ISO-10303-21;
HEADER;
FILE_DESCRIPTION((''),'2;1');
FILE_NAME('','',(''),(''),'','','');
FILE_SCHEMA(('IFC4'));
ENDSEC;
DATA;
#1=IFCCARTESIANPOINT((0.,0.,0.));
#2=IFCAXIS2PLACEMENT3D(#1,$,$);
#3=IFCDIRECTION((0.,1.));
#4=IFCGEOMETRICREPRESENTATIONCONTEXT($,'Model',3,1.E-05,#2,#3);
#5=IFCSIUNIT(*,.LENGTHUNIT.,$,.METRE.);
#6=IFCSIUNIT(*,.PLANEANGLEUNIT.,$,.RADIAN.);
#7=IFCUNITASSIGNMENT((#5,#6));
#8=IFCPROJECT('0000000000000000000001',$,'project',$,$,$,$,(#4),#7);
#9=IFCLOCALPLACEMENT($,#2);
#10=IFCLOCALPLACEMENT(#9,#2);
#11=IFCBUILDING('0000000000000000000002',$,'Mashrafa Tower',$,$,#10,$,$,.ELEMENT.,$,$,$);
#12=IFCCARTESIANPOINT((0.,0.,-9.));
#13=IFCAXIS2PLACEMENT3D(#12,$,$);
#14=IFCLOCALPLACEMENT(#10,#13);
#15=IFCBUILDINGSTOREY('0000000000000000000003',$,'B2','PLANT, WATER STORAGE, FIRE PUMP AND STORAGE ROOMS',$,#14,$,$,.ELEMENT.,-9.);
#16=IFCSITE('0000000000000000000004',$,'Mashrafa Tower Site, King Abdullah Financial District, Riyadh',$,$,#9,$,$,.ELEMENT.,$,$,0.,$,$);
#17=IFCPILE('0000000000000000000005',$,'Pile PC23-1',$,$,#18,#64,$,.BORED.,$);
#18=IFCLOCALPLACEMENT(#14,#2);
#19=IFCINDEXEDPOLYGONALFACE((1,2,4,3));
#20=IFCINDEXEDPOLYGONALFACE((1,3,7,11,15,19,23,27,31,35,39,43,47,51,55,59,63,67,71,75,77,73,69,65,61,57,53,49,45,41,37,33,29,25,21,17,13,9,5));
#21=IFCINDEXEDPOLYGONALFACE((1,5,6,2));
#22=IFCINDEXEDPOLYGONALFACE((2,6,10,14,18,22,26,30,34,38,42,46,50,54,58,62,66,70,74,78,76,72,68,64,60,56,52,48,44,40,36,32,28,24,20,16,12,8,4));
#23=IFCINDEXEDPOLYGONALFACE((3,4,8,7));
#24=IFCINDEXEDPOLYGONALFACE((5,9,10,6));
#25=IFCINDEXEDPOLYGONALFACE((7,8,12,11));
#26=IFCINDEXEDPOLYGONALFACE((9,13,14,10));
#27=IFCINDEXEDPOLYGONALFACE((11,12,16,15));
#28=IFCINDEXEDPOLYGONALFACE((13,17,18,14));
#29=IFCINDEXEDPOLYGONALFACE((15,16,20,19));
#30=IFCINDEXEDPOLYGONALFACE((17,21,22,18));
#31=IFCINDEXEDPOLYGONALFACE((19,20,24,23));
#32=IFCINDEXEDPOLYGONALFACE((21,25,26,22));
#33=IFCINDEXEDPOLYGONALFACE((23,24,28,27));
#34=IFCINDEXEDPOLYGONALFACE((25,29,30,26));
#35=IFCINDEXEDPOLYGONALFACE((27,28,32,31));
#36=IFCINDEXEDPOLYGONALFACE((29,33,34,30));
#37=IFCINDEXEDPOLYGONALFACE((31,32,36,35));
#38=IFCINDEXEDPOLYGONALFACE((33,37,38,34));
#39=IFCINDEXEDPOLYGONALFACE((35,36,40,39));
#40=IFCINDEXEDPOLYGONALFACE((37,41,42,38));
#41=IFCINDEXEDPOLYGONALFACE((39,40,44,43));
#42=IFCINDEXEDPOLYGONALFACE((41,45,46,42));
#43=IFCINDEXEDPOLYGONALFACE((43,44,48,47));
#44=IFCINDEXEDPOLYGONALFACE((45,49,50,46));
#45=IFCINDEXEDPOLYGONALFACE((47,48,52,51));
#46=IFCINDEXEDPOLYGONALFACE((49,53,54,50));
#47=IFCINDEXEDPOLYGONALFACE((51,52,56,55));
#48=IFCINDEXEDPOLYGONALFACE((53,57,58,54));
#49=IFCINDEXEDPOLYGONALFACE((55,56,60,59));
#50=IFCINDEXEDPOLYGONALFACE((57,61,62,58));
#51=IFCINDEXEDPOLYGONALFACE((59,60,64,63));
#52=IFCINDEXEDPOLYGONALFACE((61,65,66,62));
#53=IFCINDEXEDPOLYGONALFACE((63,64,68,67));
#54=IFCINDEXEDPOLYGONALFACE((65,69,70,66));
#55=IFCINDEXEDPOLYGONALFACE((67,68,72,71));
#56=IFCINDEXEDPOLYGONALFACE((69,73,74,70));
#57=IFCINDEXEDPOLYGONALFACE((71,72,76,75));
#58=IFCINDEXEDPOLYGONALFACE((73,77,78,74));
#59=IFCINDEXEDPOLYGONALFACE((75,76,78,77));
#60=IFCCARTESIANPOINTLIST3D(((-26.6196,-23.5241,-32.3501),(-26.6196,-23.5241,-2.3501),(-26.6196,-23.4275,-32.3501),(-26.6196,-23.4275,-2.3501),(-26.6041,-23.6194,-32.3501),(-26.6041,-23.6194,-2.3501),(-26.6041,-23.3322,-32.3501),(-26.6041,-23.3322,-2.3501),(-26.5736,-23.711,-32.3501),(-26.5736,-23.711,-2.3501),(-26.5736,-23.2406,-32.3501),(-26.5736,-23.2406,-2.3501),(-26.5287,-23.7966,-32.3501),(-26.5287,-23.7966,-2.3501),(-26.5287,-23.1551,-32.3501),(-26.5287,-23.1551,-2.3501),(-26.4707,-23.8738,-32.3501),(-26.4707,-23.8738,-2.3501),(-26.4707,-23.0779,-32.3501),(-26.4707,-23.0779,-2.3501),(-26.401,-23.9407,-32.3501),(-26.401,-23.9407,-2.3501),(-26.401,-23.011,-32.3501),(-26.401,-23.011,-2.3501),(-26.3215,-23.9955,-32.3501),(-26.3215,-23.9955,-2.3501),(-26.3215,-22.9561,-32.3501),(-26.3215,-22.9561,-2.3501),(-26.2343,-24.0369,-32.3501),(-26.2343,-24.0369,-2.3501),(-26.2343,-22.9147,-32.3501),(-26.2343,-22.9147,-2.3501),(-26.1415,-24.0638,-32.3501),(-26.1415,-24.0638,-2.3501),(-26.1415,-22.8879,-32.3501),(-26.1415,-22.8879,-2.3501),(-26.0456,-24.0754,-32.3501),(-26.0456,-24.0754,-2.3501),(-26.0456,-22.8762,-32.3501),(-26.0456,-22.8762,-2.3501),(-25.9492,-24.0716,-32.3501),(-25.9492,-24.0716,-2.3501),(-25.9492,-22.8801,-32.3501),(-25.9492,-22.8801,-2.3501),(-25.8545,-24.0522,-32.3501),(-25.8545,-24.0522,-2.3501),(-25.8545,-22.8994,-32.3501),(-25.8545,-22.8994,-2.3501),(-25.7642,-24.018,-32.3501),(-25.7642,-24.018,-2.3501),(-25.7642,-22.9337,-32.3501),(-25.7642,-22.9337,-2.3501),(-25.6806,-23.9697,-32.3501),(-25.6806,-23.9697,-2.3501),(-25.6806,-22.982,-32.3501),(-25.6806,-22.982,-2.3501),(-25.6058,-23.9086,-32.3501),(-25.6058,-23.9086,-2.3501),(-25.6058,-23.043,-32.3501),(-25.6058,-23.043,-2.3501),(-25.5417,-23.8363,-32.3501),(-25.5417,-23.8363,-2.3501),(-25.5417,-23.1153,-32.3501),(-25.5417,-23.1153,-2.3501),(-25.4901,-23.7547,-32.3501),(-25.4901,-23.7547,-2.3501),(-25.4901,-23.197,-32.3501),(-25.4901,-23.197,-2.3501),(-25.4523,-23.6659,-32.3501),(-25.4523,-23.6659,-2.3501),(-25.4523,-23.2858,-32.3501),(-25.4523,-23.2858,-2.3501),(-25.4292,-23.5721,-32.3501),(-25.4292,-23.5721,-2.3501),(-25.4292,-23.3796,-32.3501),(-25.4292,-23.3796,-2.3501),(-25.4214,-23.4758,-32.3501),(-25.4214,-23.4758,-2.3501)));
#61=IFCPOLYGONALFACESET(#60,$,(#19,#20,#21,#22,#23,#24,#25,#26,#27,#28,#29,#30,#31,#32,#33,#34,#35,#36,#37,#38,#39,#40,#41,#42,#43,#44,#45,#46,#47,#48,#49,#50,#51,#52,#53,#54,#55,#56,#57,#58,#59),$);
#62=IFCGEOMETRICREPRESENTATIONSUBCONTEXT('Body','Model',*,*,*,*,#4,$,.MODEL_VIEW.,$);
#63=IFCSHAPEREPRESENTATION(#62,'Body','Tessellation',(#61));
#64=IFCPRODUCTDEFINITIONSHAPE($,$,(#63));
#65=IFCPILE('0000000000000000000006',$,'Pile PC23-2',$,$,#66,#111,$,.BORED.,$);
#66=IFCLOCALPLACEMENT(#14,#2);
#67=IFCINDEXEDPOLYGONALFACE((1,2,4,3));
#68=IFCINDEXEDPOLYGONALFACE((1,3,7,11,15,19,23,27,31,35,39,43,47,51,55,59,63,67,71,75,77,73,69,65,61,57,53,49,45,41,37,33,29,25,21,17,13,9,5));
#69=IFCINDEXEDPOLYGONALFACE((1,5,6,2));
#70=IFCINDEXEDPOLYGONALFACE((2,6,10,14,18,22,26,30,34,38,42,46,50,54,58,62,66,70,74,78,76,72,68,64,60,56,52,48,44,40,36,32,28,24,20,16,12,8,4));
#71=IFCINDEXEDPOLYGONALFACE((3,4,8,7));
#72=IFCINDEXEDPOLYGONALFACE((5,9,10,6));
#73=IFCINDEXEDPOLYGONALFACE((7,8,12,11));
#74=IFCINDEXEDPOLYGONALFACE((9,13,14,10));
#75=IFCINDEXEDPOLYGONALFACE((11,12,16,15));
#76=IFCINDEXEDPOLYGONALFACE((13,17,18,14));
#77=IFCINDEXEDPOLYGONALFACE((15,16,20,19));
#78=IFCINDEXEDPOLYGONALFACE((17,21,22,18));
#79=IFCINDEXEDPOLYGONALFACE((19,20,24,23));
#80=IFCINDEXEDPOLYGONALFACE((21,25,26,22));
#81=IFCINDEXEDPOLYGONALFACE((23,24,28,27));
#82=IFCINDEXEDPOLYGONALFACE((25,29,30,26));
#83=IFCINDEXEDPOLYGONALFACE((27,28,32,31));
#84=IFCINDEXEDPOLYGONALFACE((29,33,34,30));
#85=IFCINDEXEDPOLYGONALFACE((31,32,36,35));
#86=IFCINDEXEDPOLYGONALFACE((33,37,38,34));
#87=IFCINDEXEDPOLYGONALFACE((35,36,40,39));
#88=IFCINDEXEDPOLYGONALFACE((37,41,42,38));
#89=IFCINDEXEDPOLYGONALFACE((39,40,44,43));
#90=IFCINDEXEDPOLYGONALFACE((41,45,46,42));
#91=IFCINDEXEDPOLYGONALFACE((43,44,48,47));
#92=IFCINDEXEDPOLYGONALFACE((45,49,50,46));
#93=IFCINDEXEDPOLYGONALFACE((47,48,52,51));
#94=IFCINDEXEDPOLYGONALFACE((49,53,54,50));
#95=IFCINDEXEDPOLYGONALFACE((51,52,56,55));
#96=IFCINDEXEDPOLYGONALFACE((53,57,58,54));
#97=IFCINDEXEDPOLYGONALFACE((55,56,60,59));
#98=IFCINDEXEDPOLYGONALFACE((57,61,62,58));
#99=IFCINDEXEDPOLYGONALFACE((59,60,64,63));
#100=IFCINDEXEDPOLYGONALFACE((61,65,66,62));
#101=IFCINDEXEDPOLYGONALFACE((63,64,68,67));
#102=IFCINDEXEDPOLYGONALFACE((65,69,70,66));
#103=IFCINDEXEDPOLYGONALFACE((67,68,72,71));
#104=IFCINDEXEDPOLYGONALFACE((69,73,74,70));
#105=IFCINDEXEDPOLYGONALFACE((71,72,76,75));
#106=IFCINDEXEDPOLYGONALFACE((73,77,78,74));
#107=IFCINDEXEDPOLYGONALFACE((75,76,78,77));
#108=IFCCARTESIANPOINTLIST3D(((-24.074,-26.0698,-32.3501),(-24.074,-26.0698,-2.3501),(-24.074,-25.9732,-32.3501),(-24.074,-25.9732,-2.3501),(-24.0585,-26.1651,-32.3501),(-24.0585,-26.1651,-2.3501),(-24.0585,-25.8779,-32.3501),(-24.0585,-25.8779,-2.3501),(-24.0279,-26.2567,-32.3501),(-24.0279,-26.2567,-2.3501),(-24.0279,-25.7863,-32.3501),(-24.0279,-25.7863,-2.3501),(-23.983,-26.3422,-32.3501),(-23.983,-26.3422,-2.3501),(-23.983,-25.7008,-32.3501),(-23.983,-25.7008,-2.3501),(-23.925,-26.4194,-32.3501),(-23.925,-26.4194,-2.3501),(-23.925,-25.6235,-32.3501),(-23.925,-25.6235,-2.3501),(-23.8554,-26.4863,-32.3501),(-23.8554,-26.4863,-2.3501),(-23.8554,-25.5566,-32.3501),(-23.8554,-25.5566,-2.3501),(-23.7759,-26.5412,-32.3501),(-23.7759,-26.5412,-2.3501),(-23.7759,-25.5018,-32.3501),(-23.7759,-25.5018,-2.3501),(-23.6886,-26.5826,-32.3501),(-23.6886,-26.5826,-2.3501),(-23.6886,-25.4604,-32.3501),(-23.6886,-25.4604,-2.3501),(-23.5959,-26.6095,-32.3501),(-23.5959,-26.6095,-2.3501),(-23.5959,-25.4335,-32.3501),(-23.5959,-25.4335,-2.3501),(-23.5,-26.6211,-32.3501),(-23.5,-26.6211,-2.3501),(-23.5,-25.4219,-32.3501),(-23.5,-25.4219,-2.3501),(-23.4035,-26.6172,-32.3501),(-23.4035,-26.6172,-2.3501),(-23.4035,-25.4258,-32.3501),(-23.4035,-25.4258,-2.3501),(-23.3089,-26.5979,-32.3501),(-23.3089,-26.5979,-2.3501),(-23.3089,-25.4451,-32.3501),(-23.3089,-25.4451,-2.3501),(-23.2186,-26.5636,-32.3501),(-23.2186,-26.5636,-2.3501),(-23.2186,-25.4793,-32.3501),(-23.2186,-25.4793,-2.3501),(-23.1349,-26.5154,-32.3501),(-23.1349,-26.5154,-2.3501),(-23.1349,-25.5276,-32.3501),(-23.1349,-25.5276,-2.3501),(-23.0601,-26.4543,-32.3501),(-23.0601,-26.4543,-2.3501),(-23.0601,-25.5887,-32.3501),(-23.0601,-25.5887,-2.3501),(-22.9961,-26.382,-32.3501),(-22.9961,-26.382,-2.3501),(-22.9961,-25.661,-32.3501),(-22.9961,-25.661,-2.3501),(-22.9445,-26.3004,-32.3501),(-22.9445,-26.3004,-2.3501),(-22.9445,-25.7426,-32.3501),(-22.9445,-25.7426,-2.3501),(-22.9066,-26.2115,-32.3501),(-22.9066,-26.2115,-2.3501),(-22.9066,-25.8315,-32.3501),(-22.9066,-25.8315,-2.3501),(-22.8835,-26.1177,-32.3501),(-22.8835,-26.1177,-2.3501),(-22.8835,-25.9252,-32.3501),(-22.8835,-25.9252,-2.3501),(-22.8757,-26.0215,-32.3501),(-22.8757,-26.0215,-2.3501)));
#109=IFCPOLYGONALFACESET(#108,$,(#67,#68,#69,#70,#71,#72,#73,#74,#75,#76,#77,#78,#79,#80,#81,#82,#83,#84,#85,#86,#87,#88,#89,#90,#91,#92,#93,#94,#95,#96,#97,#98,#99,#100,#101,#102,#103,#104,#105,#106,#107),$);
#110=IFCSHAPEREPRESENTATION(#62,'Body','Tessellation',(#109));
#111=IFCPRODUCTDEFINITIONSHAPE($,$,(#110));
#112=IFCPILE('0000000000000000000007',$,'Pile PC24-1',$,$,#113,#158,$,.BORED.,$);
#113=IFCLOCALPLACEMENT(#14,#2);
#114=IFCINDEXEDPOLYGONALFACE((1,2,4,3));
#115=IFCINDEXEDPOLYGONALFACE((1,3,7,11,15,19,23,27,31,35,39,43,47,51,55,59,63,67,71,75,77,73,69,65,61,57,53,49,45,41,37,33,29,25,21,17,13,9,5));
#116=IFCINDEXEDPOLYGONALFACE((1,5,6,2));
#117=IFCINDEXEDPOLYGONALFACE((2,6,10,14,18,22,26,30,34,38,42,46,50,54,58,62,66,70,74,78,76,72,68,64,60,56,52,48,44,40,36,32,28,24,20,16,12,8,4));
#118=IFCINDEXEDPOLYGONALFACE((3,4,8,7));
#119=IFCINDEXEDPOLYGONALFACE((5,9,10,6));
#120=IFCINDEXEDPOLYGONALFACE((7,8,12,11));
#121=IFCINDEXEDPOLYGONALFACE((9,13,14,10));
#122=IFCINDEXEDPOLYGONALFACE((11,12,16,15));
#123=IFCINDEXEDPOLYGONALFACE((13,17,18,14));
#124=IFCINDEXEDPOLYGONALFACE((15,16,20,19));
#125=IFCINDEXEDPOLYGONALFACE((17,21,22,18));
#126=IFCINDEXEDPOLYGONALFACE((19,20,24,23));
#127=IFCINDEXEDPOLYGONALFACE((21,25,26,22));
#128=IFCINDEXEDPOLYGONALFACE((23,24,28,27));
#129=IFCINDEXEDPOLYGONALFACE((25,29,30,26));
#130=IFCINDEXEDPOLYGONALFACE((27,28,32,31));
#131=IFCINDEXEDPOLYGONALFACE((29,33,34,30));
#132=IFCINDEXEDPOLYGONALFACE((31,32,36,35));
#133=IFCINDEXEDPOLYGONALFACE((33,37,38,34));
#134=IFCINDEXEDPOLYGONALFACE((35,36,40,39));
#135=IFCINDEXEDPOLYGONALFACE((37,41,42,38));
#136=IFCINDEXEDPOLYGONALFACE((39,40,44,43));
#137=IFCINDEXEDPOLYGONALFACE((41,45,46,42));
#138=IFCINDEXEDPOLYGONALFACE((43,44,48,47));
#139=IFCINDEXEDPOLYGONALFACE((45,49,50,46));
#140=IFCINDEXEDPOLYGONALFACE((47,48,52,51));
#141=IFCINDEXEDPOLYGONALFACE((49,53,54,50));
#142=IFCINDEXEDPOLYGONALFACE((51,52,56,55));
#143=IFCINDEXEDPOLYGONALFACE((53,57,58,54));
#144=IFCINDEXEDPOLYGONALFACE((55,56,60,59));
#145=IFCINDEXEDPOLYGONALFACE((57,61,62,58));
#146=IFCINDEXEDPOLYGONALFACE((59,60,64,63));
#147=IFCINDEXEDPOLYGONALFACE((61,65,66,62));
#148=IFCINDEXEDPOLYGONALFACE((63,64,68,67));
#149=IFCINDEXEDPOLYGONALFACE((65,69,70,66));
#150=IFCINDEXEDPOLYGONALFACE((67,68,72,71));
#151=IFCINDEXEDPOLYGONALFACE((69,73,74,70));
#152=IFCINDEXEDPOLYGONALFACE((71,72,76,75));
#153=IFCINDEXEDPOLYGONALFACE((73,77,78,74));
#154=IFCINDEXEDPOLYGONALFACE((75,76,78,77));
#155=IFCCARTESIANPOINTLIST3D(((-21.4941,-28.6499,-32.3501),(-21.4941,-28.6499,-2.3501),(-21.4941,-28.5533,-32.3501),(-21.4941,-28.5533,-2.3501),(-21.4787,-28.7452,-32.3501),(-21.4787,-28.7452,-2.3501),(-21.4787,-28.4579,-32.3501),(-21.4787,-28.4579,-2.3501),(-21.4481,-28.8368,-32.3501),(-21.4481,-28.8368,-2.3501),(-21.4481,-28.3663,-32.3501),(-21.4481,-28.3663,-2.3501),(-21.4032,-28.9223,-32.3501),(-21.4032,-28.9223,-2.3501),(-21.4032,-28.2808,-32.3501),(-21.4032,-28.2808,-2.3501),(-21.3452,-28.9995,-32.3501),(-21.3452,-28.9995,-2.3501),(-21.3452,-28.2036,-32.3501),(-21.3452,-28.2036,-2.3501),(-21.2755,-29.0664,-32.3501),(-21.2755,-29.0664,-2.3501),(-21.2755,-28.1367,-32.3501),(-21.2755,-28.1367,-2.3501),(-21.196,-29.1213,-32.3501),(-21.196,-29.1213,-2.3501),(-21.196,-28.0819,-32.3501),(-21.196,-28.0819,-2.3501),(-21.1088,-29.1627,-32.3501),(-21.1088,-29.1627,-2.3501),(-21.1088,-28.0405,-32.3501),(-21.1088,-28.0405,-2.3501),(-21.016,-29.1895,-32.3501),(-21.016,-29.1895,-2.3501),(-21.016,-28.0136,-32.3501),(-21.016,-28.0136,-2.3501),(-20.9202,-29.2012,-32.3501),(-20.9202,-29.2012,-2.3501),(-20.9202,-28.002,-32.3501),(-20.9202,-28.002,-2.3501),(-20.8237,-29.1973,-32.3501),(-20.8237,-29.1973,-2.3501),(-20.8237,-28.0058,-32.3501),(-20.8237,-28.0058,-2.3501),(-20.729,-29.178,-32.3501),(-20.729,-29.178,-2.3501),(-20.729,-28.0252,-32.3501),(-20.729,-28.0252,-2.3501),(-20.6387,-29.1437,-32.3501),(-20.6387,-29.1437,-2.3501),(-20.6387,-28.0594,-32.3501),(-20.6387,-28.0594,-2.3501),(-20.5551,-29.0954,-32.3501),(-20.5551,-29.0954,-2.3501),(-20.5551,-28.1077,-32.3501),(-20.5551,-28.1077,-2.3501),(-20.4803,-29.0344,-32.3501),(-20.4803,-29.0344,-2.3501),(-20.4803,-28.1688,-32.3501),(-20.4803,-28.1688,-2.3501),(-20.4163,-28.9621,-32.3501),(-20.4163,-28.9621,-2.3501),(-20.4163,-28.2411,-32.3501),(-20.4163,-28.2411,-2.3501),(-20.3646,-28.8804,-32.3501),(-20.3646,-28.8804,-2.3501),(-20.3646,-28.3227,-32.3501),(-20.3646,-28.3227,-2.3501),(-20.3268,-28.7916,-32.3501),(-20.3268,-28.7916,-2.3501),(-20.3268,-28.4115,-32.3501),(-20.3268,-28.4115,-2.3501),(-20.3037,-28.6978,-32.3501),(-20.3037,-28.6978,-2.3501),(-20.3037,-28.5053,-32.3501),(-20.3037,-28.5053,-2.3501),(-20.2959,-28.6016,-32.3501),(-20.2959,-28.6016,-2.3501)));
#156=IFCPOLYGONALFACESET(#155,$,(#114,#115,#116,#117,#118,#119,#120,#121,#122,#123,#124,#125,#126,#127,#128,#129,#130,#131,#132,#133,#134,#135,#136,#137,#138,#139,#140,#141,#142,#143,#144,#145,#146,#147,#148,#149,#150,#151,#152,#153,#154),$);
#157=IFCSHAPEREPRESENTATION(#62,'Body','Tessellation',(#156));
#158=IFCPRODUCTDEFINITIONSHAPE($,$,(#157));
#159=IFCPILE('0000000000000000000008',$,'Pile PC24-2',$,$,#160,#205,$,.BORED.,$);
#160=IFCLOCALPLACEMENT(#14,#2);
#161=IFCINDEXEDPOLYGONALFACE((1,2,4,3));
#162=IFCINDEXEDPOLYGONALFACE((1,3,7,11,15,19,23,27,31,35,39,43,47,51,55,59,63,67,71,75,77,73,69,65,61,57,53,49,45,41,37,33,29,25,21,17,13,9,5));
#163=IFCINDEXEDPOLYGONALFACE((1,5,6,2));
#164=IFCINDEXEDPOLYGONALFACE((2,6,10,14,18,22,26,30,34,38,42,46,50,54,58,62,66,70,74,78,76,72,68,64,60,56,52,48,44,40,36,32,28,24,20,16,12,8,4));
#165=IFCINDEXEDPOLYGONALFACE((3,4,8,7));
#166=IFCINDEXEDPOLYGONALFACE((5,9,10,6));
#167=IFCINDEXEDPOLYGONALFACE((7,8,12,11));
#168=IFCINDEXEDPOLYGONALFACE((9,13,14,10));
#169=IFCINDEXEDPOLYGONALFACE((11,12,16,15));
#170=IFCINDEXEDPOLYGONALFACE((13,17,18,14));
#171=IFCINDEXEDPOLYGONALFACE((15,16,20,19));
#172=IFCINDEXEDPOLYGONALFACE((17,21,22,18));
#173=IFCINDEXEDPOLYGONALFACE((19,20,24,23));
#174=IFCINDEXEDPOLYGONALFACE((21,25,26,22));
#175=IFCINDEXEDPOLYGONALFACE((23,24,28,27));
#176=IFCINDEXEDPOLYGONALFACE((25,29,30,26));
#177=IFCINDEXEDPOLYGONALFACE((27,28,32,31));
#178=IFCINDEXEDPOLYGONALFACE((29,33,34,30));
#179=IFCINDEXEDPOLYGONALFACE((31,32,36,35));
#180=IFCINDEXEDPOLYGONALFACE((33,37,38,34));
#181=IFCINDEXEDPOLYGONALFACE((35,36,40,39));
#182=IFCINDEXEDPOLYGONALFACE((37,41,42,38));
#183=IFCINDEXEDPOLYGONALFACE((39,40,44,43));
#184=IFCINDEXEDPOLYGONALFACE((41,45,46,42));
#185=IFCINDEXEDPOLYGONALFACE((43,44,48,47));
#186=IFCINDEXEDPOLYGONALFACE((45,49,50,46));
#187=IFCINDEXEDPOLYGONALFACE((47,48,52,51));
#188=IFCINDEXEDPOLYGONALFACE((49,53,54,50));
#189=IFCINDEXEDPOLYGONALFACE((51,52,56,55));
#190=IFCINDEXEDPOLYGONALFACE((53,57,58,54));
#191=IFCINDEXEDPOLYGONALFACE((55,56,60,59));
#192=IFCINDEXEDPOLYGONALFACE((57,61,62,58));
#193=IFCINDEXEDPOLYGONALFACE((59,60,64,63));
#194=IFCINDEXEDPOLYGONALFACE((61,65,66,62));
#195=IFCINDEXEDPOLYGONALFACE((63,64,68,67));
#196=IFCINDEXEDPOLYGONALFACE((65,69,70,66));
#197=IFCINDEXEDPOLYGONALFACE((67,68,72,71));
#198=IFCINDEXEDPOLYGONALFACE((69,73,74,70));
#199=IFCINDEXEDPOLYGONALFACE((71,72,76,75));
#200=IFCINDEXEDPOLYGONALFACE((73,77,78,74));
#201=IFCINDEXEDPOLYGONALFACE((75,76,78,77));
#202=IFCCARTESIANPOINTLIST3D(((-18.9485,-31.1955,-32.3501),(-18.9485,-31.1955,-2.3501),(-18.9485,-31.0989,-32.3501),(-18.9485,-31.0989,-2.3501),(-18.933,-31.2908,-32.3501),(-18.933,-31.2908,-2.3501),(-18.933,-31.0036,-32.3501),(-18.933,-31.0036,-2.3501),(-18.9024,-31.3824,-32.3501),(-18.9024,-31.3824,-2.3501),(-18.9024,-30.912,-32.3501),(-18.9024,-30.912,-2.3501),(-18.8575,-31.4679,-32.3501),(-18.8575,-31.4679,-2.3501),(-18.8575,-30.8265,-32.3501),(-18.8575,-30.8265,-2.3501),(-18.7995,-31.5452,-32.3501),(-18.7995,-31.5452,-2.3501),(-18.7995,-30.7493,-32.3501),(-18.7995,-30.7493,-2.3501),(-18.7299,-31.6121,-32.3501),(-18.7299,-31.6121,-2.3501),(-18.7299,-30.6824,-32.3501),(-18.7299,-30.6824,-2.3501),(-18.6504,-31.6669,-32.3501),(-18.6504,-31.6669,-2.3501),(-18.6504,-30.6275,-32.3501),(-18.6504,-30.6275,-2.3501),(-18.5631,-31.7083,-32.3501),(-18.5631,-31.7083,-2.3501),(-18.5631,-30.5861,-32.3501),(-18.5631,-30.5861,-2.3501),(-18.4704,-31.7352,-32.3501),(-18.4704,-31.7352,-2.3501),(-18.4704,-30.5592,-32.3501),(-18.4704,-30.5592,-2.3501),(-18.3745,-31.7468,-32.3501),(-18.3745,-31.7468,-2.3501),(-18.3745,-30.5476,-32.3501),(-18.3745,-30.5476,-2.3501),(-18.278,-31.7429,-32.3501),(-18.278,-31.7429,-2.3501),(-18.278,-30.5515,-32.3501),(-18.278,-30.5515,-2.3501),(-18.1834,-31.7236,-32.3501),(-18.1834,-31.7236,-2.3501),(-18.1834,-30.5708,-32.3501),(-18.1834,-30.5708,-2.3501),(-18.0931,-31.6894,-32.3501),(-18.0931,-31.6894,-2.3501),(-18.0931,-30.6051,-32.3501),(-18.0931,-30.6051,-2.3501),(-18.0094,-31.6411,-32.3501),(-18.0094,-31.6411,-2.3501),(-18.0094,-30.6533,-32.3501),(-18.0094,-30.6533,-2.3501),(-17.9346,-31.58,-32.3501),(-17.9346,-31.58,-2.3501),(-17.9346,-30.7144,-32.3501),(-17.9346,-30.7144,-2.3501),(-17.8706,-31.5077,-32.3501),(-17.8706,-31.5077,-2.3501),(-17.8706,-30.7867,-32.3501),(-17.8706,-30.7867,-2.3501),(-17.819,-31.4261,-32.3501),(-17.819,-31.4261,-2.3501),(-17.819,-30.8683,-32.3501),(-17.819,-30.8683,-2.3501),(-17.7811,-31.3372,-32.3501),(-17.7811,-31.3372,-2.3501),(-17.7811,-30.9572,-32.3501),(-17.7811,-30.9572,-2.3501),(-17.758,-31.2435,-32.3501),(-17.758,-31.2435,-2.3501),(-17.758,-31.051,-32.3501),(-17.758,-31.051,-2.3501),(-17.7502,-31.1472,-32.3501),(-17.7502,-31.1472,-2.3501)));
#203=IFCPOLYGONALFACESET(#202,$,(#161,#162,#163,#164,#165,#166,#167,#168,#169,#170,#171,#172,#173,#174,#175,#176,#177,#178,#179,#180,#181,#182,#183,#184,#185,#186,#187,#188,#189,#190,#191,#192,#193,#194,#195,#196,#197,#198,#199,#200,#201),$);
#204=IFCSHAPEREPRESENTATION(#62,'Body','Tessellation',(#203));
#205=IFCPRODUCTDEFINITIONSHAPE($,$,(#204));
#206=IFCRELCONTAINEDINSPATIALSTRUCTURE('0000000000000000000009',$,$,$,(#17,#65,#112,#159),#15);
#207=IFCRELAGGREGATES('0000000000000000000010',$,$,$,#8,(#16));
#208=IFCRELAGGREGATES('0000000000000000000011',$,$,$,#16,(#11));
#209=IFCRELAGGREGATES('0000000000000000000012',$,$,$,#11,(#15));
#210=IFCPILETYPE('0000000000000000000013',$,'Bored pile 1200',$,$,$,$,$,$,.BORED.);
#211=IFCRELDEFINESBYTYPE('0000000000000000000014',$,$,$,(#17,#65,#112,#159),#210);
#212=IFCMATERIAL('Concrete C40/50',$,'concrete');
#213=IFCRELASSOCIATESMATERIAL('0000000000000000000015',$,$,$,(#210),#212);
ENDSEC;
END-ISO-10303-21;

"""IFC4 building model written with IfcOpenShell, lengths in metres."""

from ifc_helpers import new_model, si_unit, direction, frame, origin, origin_2d, place, context, subcontext, project, spatial, circle, extrude, material, material_profile, profile_set, type_object, element, save


model = new_model("IFC4")

# Units and contexts
model_context = context("Model", 3, precision=1e-05, world=origin(), true_north=direction((0.0, 1.0)))
body_context = subcontext(model_context, "Body", "Model", "MODEL_VIEW")
ifc_project = project(units=[si_unit("LENGTHUNIT", "METRE"), si_unit("PLANEANGLEUNIT", "RADIAN")], contexts=[model_context])

# Site, building, storey
site_placement = place(None, origin())
site = spatial("IfcSite", under=ifc_project, at=site_placement, Name="Mashrafa Tower Site, King Abdullah Financial District, Riyadh", CompositionType="ELEMENT", RefElevation=0.0)
building_placement = place(site_placement, origin())
building = spatial("IfcBuilding", under=site, at=building_placement, Name="Mashrafa Tower", CompositionType="ELEMENT")
storey_placement = place(building_placement, frame((0.0, 0.0, -9.0)))
storey = spatial("IfcBuildingStorey", under=building, at=storey_placement, Name="B2", Description="PLANT, WATER STORAGE, FIRE PUMP AND STORAGE ROOMS", CompositionType="ELEMENT", Elevation=-9.0)

# Piles
ifc_material_1 = material(Name="Concrete C40/50", Category="concrete")
ifc_material_profile_1 = material_profile(ifc_material_1, circle(Radius=0.6001, at=origin_2d()), Name="1200 DIA")
ifc_profile_set_1 = profile_set([ifc_material_profile_1], Name="Concrete C40/50")
pile_type_1 = type_object("IfcPileType", Name="Bored pile 1200", PredefinedType="BORED", material=ifc_profile_set_1)
for number, where, z_axis, x_axis, name in (
    (1, (-26.0215, -23.4758, -2.3501), (0.0, 0.0, -1.0), (1.0, 0.0, 0.0), "Pile PC23-1"),
    (2, (-23.4758, -26.0215, -2.3501), (0.0, 0.0, -1.0), (1.0, 0.0, 0.0), "Pile PC23-2"),
    (3, (-20.896, -28.6016, -2.3501), (0.0, 0.0, -1.0), (1.0, 0.0, 0.0), "Pile PC24-1"),
    (4, (-18.3503, -31.1472, -2.3501), (0.0, 0.0, -1.0), (1.0, 0.0, 0.0), "Pile PC24-2"),
):
    element("IfcPile", number, at=place(storey_placement, frame(where, z_axis=z_axis, x_axis=x_axis)), inside=storey, type_object=pile_type_1, Name=name, PredefinedType="BORED", context=body_context, shape_type="SweptSolid", body=[
        extrude(circle(Radius=0.6001, at=origin_2d()), origin(), (0.0, 0.0, 1.0), 30.0),
    ])

save(model, "model.ifc")
